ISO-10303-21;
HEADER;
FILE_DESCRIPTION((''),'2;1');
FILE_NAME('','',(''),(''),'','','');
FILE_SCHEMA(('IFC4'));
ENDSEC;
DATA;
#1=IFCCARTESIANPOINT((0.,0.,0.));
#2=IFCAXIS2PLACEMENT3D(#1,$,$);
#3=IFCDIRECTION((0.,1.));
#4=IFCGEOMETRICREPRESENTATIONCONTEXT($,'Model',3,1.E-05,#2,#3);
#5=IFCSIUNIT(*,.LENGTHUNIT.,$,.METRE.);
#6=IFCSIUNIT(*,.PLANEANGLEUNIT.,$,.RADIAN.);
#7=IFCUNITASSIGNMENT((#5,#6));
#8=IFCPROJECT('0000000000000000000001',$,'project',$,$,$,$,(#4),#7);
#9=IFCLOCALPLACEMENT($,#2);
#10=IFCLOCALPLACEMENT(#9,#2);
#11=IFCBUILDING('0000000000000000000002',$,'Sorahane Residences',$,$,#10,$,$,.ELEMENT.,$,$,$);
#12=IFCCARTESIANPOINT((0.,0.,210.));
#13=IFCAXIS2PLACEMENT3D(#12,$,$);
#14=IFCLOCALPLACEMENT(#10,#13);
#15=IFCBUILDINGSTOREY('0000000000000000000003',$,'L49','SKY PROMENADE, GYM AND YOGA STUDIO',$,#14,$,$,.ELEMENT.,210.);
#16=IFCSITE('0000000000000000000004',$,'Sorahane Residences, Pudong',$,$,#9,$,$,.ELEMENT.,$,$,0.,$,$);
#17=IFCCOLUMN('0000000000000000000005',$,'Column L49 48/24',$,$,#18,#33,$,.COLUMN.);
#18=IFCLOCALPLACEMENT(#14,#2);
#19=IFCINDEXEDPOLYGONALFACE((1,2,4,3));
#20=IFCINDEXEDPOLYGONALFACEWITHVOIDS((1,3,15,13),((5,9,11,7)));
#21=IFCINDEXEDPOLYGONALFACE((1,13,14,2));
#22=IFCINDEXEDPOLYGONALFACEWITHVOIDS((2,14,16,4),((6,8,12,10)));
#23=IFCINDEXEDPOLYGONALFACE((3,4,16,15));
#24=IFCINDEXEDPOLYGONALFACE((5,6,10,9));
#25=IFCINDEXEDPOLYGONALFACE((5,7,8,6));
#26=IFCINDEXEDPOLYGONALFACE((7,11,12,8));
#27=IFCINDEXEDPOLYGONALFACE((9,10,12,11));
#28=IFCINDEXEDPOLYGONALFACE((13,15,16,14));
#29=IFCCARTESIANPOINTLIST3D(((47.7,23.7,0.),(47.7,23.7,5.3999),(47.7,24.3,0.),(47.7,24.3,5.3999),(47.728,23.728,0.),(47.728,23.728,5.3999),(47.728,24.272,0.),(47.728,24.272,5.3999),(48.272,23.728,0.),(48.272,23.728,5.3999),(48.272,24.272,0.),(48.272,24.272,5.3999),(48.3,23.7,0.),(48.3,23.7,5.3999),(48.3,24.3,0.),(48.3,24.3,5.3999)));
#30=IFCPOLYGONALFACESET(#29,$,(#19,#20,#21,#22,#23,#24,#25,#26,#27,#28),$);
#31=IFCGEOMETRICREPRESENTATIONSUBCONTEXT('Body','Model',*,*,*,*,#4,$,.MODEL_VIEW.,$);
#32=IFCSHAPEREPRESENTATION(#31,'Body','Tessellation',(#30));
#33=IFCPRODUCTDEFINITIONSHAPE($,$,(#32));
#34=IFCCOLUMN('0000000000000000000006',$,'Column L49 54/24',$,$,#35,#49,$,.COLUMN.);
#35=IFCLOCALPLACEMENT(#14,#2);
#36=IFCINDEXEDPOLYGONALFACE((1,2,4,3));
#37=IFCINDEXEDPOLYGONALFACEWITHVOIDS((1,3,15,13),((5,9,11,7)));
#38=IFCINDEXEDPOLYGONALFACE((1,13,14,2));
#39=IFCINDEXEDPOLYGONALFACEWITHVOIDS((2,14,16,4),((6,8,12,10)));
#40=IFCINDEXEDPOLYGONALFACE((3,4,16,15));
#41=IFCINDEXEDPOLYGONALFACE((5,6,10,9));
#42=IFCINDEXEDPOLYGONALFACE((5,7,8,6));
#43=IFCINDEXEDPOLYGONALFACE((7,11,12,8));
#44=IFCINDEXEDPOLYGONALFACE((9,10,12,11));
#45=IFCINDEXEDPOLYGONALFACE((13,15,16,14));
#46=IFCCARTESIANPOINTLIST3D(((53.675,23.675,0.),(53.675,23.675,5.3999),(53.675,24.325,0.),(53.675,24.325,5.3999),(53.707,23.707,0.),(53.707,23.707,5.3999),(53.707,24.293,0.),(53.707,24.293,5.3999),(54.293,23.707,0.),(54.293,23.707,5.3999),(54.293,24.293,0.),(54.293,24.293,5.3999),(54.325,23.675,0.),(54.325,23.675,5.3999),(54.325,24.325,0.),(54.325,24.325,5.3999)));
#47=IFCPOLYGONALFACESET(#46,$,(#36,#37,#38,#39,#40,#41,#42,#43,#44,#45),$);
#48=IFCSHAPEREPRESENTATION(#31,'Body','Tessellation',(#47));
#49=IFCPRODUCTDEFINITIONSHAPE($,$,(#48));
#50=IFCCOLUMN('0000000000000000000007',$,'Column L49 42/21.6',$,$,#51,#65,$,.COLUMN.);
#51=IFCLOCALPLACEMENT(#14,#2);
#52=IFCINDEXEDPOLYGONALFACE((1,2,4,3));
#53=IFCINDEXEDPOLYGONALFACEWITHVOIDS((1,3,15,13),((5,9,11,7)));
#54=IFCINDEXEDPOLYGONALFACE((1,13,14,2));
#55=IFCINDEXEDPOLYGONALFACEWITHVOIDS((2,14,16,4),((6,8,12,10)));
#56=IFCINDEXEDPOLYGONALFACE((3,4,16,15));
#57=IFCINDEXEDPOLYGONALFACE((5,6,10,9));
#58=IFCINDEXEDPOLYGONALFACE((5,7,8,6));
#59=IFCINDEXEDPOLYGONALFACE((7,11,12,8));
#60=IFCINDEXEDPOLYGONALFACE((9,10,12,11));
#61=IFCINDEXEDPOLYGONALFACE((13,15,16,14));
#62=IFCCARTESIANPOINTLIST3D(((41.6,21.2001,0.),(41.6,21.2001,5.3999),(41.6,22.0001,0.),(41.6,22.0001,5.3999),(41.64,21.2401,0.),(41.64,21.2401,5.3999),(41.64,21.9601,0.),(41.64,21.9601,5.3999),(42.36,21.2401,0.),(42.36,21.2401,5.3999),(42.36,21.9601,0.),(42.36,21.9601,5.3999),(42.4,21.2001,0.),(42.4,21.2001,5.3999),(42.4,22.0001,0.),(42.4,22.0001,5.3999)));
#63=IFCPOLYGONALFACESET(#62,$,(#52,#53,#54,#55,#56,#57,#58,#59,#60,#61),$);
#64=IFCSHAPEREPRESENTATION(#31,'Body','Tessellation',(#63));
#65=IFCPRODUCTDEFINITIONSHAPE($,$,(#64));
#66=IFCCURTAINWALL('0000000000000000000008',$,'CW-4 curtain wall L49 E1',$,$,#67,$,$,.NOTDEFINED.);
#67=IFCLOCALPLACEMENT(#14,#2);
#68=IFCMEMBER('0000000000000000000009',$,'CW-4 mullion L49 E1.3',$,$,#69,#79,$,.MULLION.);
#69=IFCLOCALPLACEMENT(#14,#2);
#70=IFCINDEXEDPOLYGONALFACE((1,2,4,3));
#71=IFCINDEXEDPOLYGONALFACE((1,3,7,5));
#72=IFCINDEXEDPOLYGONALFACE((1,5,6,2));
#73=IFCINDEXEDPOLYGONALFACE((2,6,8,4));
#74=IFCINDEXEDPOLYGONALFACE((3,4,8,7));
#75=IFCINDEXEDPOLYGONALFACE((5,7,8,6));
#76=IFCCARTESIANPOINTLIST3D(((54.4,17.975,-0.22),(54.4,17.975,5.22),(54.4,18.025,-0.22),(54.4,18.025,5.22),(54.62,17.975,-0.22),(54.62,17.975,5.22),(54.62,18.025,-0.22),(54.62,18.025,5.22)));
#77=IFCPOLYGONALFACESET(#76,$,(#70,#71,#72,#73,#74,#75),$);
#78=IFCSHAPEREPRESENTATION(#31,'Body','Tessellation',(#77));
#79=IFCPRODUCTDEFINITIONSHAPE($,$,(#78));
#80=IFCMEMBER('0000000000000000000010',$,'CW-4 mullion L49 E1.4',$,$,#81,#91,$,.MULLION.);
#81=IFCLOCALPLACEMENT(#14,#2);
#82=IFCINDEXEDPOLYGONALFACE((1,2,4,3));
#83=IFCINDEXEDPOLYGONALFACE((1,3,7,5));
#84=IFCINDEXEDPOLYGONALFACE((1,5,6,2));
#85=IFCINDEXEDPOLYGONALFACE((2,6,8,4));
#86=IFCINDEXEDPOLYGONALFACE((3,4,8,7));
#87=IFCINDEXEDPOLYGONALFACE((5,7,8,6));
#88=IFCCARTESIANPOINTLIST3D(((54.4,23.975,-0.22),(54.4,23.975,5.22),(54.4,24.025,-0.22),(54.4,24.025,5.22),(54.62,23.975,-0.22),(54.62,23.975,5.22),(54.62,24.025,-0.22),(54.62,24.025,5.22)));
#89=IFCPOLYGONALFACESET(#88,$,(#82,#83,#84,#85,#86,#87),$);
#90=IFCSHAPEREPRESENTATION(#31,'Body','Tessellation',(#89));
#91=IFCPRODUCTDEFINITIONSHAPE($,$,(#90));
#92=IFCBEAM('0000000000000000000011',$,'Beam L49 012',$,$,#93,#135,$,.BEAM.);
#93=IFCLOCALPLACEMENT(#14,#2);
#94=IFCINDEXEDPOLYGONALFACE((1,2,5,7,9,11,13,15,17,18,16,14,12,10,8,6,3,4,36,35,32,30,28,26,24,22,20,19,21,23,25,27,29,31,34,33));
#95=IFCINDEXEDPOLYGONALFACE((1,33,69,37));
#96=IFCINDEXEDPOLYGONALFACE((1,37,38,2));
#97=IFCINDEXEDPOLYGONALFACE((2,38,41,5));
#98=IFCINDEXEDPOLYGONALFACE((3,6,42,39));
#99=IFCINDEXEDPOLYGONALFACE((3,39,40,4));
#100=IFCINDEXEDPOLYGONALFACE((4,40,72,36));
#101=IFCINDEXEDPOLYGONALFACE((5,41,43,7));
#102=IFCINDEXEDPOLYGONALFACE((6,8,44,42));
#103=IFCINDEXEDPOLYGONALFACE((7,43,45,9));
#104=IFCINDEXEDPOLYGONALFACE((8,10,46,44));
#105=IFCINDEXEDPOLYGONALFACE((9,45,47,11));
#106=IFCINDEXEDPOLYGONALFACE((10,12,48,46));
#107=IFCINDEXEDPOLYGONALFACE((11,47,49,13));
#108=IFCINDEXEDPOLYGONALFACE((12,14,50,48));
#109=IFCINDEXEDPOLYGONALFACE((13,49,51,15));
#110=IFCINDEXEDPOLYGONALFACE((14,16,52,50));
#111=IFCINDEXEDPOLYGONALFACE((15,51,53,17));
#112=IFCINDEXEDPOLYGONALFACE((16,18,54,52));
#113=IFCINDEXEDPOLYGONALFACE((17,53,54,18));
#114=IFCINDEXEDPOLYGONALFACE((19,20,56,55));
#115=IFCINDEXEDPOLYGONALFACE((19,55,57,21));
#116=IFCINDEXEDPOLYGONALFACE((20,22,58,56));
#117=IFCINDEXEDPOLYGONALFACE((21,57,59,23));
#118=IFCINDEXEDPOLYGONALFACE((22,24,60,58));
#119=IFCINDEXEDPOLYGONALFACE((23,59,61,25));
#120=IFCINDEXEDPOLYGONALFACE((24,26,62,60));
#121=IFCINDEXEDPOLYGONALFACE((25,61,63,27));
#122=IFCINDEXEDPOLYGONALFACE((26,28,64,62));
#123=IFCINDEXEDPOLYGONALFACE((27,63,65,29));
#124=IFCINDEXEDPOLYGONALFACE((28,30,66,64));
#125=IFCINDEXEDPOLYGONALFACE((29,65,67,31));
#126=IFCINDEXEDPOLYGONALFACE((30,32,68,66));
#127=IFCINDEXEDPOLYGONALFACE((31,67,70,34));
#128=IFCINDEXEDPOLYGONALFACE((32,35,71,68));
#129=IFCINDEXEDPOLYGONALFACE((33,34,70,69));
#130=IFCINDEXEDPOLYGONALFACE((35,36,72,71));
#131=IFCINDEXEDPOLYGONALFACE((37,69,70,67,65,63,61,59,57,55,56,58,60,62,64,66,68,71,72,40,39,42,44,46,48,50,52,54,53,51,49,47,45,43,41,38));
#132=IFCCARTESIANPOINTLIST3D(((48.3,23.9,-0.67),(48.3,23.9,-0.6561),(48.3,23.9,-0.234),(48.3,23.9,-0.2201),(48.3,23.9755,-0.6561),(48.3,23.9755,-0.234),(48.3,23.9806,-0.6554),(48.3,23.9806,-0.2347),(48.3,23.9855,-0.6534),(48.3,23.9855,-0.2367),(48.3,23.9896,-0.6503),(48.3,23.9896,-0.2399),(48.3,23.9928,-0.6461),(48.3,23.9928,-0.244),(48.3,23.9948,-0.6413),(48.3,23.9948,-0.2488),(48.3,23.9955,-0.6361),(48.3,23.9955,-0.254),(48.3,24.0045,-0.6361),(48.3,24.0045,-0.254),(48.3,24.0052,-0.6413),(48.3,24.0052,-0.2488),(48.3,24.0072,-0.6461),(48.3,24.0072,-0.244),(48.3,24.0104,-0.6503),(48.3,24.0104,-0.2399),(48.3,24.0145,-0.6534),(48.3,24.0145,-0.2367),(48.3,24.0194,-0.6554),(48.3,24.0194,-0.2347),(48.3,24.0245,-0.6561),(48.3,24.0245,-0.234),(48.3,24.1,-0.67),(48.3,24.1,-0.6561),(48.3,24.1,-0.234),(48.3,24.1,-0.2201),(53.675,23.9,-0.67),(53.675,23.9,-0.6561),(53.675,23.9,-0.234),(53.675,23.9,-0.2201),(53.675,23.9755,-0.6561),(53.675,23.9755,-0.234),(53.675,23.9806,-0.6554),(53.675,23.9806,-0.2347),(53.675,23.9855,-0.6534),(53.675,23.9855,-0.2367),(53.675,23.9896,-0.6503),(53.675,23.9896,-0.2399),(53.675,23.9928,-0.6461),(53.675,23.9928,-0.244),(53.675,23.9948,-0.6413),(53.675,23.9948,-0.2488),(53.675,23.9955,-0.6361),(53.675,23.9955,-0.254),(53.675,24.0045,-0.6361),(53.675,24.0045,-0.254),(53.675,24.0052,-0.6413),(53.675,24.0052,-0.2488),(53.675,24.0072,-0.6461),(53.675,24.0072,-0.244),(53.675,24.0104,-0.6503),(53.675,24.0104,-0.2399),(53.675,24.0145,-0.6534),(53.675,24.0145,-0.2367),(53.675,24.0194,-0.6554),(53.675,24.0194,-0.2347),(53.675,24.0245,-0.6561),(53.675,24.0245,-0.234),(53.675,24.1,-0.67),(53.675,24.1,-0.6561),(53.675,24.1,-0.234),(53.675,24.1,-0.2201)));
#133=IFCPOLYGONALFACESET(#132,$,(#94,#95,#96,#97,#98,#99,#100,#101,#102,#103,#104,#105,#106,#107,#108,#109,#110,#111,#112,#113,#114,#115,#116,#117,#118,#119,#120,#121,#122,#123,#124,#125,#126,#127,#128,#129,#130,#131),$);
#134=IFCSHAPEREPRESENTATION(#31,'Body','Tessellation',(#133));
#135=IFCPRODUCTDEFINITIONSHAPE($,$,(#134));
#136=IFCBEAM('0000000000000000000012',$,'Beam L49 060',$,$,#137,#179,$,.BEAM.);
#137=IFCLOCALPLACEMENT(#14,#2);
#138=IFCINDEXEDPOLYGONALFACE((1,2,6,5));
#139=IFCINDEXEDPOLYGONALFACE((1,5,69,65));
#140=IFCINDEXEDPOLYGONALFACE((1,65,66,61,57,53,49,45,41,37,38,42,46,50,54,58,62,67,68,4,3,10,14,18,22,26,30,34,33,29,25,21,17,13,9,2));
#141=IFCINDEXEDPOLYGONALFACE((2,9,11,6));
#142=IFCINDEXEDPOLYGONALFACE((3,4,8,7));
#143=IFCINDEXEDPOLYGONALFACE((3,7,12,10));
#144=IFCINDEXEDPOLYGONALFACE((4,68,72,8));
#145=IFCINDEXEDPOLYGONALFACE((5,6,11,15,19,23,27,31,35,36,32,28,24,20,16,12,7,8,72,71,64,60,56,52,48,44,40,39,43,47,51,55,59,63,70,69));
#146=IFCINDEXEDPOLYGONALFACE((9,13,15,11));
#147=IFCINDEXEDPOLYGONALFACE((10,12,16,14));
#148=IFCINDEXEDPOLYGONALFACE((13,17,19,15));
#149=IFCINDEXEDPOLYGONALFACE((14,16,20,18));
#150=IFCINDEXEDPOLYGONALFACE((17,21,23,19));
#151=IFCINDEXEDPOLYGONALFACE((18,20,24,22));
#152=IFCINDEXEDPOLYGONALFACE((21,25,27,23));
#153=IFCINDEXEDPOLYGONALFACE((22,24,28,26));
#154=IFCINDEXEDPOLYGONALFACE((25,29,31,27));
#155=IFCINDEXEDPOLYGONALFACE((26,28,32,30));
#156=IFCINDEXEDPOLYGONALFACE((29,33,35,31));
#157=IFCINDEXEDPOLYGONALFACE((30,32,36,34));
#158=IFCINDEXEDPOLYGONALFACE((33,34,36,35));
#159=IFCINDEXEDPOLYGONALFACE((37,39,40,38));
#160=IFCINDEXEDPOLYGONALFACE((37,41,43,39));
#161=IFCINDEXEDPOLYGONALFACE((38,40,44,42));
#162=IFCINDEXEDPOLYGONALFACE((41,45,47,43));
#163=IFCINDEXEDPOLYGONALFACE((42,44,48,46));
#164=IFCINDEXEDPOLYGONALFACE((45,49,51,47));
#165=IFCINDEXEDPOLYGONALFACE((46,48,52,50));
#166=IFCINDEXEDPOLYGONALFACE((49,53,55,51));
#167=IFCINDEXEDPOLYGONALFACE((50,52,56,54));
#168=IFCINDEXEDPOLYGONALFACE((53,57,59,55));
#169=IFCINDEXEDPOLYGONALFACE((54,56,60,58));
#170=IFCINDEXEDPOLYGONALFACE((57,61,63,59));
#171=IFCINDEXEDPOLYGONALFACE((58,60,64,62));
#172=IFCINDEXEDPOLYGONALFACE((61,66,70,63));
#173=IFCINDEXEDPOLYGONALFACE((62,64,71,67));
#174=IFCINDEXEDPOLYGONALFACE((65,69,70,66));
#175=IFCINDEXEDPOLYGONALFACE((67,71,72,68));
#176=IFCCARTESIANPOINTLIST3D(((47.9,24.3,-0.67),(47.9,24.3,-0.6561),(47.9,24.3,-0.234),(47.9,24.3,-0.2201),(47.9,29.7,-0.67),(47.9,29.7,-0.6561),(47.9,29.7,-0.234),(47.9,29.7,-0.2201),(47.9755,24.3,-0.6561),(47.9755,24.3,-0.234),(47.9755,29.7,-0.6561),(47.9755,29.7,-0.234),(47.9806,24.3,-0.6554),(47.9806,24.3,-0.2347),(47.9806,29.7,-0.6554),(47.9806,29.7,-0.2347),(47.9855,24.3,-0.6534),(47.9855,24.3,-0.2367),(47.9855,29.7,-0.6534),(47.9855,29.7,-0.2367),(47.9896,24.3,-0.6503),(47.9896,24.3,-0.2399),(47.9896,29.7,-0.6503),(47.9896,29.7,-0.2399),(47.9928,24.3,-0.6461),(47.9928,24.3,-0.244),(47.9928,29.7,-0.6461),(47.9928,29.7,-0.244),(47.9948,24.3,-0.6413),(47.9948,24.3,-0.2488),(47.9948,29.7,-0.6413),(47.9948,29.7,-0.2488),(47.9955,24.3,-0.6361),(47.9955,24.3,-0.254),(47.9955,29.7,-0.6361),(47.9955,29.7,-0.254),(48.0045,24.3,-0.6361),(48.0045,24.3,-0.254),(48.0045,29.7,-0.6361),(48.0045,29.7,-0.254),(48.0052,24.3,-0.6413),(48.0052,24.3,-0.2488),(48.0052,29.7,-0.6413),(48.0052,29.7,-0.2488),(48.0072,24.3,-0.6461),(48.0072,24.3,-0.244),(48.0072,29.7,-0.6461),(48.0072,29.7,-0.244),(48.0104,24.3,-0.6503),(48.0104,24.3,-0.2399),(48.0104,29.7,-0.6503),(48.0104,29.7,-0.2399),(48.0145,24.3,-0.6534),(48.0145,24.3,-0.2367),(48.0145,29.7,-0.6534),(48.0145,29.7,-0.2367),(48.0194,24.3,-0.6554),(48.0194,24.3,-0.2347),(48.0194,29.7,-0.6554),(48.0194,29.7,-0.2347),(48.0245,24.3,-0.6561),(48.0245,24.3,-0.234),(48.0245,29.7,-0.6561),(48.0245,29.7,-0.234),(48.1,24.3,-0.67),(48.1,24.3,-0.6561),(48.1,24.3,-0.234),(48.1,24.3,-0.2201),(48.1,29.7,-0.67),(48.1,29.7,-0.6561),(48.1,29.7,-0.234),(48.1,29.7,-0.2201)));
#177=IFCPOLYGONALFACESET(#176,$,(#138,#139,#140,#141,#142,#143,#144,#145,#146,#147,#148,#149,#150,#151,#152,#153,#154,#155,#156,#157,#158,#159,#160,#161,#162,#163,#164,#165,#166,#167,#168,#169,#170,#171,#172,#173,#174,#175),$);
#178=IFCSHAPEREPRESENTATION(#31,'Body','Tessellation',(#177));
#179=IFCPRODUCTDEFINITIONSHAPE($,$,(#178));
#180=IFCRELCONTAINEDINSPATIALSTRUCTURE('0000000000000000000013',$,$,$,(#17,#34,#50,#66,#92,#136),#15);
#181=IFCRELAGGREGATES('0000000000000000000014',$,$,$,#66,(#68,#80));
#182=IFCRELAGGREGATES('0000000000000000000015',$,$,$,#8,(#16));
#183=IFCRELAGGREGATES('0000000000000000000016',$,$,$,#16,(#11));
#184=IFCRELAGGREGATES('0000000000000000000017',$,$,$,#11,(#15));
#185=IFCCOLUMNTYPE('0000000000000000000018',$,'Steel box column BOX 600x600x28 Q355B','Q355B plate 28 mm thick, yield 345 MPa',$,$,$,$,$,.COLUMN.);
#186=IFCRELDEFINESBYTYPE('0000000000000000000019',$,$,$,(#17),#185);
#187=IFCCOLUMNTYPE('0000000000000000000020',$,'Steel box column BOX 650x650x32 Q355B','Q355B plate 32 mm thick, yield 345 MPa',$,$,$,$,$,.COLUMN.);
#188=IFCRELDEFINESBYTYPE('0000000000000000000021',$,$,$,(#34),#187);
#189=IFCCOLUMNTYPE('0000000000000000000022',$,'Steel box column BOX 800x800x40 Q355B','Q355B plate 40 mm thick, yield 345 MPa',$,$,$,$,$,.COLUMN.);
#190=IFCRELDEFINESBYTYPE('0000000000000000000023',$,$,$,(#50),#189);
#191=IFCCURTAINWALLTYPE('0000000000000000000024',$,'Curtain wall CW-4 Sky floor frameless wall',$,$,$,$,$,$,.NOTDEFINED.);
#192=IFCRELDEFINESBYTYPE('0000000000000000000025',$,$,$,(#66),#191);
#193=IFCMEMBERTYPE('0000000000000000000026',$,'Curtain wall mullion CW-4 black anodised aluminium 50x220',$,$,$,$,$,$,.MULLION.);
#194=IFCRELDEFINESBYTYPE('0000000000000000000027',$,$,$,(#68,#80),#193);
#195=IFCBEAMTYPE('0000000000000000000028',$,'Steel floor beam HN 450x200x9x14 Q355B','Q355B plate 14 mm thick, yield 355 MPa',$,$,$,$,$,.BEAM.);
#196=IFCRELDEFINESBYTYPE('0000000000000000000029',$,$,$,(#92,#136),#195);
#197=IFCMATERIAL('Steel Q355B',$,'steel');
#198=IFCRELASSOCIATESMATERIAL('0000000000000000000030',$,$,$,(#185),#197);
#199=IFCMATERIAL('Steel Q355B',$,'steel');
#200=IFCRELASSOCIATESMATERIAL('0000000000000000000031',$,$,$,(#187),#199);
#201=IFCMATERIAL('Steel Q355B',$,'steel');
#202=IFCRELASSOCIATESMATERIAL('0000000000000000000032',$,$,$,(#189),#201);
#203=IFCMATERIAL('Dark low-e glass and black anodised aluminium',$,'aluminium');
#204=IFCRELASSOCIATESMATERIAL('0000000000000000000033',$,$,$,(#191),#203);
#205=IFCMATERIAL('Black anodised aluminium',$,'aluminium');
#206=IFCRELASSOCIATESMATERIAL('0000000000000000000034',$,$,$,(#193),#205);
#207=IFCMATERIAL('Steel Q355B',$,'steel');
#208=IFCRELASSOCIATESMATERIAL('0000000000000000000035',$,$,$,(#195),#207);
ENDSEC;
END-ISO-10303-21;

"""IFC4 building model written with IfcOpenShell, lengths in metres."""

from ifc_helpers import new_model, si_unit, direction, frame, origin, origin_2d, place, context, subcontext, project, spatial, rectangle, hollow_rectangle, i_section, extrude, material, material_profile, profile_set, type_object, element, aggregate, save


model = new_model("IFC4")

# Units and contexts
model_context = context("Model", 3, precision=1e-05, world=origin(), true_north=direction((0.0, 1.0)))
body_context = subcontext(model_context, "Body", "Model", "MODEL_VIEW")
ifc_project = project(units=[si_unit("LENGTHUNIT", "METRE"), si_unit("PLANEANGLEUNIT", "RADIAN")], contexts=[model_context])

# Site, building, storey
site_placement = place(None, origin())
site = spatial("IfcSite", under=ifc_project, at=site_placement, Name="Sorahane Residences, Pudong", CompositionType="ELEMENT", RefElevation=0.0)
building_placement = place(site_placement, origin())
building = spatial("IfcBuilding", under=site, at=building_placement, Name="Sorahane Residences", CompositionType="ELEMENT")
storey_placement = place(building_placement, frame((0.0, 0.0, 210.0)))
storey = spatial("IfcBuildingStorey", under=building, at=storey_placement, Name="L49", Description="SKY PROMENADE, GYM AND YOGA STUDIO", CompositionType="ELEMENT", Elevation=210.0)

# Columns
ifc_material_1 = material(Name="Steel Q355B", Category="steel")
ifc_material_profile_1 = material_profile(ifc_material_1, hollow_rectangle(XDim=0.6001, YDim=0.6001, WallThickness=0.0281, at=origin_2d()), Name="BOX 600x600x28")
ifc_profile_set_1 = profile_set([ifc_material_profile_1], Name="Steel Q355B")
column_type_1 = type_object("IfcColumnType", Name="Steel box column BOX 600x600x28 Q355B", Description="Q355B plate 28 mm thick, yield 345 MPa", PredefinedType="COLUMN", material=ifc_profile_set_1)
column_1_placement = place(storey_placement, frame((48.0, 24.0, 0.0), z_axis=(0.0, 0.0, 1.0), x_axis=(1.0, 0.0, 0.0)))
element("IfcColumn", 1, at=column_1_placement, inside=storey, type_object=column_type_1, Name="Column L49 48/24", PredefinedType="COLUMN", context=body_context, shape_type="SweptSolid", body=[
    extrude(hollow_rectangle(XDim=0.6001, YDim=0.6001, WallThickness=0.0281, at=origin_2d()), origin(), (0.0, 0.0, 1.0), 5.3999),
])
ifc_material_2 = material(Name="Steel Q355B", Category="steel")
ifc_material_profile_2 = material_profile(ifc_material_2, hollow_rectangle(XDim=0.6499, YDim=0.6499, WallThickness=0.032, at=origin_2d()), Name="BOX 650x650x32")
ifc_profile_set_2 = profile_set([ifc_material_profile_2], Name="Steel Q355B")
column_type_2 = type_object("IfcColumnType", Name="Steel box column BOX 650x650x32 Q355B", Description="Q355B plate 32 mm thick, yield 345 MPa", PredefinedType="COLUMN", material=ifc_profile_set_2)
column_2_placement = place(storey_placement, frame((54.0, 24.0, 0.0), z_axis=(0.0, 0.0, 1.0), x_axis=(1.0, 0.0, 0.0)))
element("IfcColumn", 2, at=column_2_placement, inside=storey, type_object=column_type_2, Name="Column L49 54/24", PredefinedType="COLUMN", context=body_context, shape_type="SweptSolid", body=[
    extrude(hollow_rectangle(XDim=0.6499, YDim=0.6499, WallThickness=0.032, at=origin_2d()), origin(), (0.0, 0.0, 1.0), 5.3999),
])
ifc_material_3 = material(Name="Steel Q355B", Category="steel")
ifc_material_profile_3 = material_profile(ifc_material_3, hollow_rectangle(XDim=0.8, YDim=0.8, WallThickness=0.04, at=origin_2d()), Name="BOX 800x800x40")
ifc_profile_set_3 = profile_set([ifc_material_profile_3], Name="Steel Q355B")
column_type_3 = type_object("IfcColumnType", Name="Steel box column BOX 800x800x40 Q355B", Description="Q355B plate 40 mm thick, yield 345 MPa", PredefinedType="COLUMN", material=ifc_profile_set_3)
column_3_placement = place(storey_placement, frame((42.0, 21.6001, 0.0), z_axis=(0.0, 0.0, 1.0), x_axis=(1.0, 0.0, 0.0)))
element("IfcColumn", 3, at=column_3_placement, inside=storey, type_object=column_type_3, Name="Column L49 42/21.6", PredefinedType="COLUMN", context=body_context, shape_type="SweptSolid", body=[
    extrude(hollow_rectangle(XDim=0.8, YDim=0.8, WallThickness=0.04, at=origin_2d()), origin(), (0.0, 0.0, 1.0), 5.3999),
])

# Curtain wall, members
ifc_material_4 = material(Name="Dark low-e glass and black anodised aluminium", Category="aluminium")
curtain_wall_type = type_object("IfcCurtainWallType", Name="Curtain wall CW-4 Sky floor frameless wall", PredefinedType="NOTDEFINED", material=ifc_material_4)
curtain_wall_placement = place(storey_placement, origin())
curtain_wall = element("IfcCurtainWall", 4, at=curtain_wall_placement, inside=storey, type_object=curtain_wall_type, Name="CW-4 curtain wall L49 E1", PredefinedType="NOTDEFINED")
ifc_material_5 = material(Name="Black anodised aluminium", Category="aluminium")
ifc_material_profile_4 = material_profile(ifc_material_5, rectangle(XDim=0.22, YDim=0.05, at=origin_2d()), Name="Curtain wall mullion CW-4 black anodised aluminium 50x220")
ifc_profile_set_4 = profile_set([ifc_material_profile_4], Name="Black anodised aluminium")
member_type = type_object("IfcMemberType", Name="Curtain wall mullion CW-4 black anodised aluminium 50x220", PredefinedType="MULLION", material=ifc_profile_set_4)
member_1_placement = place(storey_placement, frame((54.51, 18.0, -0.22), z_axis=(0.0, 0.0, 1.0), x_axis=(1.0, 0.0, 0.0)))
member_1 = element("IfcMember", 5, at=member_1_placement, type_object=member_type, Name="CW-4 mullion L49 E1.3", PredefinedType="MULLION", context=body_context, shape_type="SweptSolid", body=[
    extrude(rectangle(XDim=0.22, YDim=0.05, at=origin_2d()), origin(), (0.0, 0.0, 1.0), 5.4399),
])
member_2_placement = place(storey_placement, frame((54.51, 24.0, -0.22), z_axis=(0.0, 0.0, 1.0), x_axis=(1.0, 0.0, 0.0)))
member_2 = element("IfcMember", 6, at=member_2_placement, type_object=member_type, Name="CW-4 mullion L49 E1.4", PredefinedType="MULLION", context=body_context, shape_type="SweptSolid", body=[
    extrude(rectangle(XDim=0.22, YDim=0.05, at=origin_2d()), origin(), (0.0, 0.0, 1.0), 5.4399),
])

# Beams
ifc_material_6 = material(Name="Steel Q355B", Category="steel")
ifc_material_profile_5 = material_profile(ifc_material_6, i_section(OverallWidth=0.2, OverallDepth=0.45, WebThickness=0.009, FlangeThickness=0.0139, FilletRadius=0.02, at=origin_2d()), Name="HN 450x200x9x14")
ifc_profile_set_5 = profile_set([ifc_material_profile_5], Name="Steel Q355B")
beam_type_1 = type_object("IfcBeamType", Name="Steel floor beam HN 450x200x9x14 Q355B", Description="Q355B plate 14 mm thick, yield 355 MPa", PredefinedType="BEAM", material=ifc_profile_set_5)
beam_1_placement = place(storey_placement, frame((48.3, 24.0, -0.4451), z_axis=(1.0, 0.0, 0.0), x_axis=(0.0, 1.0, 0.0)))
element("IfcBeam", 7, at=beam_1_placement, inside=storey, type_object=beam_type_1, Name="Beam L49 012", PredefinedType="BEAM", context=body_context, shape_type="SweptSolid", body=[
    extrude(i_section(OverallWidth=0.2, OverallDepth=0.45, WebThickness=0.009, FlangeThickness=0.0139, FilletRadius=0.02, at=origin_2d()), origin(), (0.0, 0.0, 1.0), 5.375),
])
beam_2_placement = place(storey_placement, frame((48.0, 24.3, -0.4451), z_axis=(0.0, 1.0, 0.0), x_axis=(-1.0, 0.0, 0.0)))
element("IfcBeam", 8, at=beam_2_placement, inside=storey, type_object=beam_type_1, Name="Beam L49 060", PredefinedType="BEAM", context=body_context, shape_type="SweptSolid", body=[
    extrude(i_section(OverallWidth=0.2, OverallDepth=0.45, WebThickness=0.009, FlangeThickness=0.0139, FilletRadius=0.02, at=origin_2d()), origin(), (0.0, 0.0, 1.0), 5.3999),
])

aggregate(curtain_wall, [member_1, member_2])

save(model, "model.ifc")
